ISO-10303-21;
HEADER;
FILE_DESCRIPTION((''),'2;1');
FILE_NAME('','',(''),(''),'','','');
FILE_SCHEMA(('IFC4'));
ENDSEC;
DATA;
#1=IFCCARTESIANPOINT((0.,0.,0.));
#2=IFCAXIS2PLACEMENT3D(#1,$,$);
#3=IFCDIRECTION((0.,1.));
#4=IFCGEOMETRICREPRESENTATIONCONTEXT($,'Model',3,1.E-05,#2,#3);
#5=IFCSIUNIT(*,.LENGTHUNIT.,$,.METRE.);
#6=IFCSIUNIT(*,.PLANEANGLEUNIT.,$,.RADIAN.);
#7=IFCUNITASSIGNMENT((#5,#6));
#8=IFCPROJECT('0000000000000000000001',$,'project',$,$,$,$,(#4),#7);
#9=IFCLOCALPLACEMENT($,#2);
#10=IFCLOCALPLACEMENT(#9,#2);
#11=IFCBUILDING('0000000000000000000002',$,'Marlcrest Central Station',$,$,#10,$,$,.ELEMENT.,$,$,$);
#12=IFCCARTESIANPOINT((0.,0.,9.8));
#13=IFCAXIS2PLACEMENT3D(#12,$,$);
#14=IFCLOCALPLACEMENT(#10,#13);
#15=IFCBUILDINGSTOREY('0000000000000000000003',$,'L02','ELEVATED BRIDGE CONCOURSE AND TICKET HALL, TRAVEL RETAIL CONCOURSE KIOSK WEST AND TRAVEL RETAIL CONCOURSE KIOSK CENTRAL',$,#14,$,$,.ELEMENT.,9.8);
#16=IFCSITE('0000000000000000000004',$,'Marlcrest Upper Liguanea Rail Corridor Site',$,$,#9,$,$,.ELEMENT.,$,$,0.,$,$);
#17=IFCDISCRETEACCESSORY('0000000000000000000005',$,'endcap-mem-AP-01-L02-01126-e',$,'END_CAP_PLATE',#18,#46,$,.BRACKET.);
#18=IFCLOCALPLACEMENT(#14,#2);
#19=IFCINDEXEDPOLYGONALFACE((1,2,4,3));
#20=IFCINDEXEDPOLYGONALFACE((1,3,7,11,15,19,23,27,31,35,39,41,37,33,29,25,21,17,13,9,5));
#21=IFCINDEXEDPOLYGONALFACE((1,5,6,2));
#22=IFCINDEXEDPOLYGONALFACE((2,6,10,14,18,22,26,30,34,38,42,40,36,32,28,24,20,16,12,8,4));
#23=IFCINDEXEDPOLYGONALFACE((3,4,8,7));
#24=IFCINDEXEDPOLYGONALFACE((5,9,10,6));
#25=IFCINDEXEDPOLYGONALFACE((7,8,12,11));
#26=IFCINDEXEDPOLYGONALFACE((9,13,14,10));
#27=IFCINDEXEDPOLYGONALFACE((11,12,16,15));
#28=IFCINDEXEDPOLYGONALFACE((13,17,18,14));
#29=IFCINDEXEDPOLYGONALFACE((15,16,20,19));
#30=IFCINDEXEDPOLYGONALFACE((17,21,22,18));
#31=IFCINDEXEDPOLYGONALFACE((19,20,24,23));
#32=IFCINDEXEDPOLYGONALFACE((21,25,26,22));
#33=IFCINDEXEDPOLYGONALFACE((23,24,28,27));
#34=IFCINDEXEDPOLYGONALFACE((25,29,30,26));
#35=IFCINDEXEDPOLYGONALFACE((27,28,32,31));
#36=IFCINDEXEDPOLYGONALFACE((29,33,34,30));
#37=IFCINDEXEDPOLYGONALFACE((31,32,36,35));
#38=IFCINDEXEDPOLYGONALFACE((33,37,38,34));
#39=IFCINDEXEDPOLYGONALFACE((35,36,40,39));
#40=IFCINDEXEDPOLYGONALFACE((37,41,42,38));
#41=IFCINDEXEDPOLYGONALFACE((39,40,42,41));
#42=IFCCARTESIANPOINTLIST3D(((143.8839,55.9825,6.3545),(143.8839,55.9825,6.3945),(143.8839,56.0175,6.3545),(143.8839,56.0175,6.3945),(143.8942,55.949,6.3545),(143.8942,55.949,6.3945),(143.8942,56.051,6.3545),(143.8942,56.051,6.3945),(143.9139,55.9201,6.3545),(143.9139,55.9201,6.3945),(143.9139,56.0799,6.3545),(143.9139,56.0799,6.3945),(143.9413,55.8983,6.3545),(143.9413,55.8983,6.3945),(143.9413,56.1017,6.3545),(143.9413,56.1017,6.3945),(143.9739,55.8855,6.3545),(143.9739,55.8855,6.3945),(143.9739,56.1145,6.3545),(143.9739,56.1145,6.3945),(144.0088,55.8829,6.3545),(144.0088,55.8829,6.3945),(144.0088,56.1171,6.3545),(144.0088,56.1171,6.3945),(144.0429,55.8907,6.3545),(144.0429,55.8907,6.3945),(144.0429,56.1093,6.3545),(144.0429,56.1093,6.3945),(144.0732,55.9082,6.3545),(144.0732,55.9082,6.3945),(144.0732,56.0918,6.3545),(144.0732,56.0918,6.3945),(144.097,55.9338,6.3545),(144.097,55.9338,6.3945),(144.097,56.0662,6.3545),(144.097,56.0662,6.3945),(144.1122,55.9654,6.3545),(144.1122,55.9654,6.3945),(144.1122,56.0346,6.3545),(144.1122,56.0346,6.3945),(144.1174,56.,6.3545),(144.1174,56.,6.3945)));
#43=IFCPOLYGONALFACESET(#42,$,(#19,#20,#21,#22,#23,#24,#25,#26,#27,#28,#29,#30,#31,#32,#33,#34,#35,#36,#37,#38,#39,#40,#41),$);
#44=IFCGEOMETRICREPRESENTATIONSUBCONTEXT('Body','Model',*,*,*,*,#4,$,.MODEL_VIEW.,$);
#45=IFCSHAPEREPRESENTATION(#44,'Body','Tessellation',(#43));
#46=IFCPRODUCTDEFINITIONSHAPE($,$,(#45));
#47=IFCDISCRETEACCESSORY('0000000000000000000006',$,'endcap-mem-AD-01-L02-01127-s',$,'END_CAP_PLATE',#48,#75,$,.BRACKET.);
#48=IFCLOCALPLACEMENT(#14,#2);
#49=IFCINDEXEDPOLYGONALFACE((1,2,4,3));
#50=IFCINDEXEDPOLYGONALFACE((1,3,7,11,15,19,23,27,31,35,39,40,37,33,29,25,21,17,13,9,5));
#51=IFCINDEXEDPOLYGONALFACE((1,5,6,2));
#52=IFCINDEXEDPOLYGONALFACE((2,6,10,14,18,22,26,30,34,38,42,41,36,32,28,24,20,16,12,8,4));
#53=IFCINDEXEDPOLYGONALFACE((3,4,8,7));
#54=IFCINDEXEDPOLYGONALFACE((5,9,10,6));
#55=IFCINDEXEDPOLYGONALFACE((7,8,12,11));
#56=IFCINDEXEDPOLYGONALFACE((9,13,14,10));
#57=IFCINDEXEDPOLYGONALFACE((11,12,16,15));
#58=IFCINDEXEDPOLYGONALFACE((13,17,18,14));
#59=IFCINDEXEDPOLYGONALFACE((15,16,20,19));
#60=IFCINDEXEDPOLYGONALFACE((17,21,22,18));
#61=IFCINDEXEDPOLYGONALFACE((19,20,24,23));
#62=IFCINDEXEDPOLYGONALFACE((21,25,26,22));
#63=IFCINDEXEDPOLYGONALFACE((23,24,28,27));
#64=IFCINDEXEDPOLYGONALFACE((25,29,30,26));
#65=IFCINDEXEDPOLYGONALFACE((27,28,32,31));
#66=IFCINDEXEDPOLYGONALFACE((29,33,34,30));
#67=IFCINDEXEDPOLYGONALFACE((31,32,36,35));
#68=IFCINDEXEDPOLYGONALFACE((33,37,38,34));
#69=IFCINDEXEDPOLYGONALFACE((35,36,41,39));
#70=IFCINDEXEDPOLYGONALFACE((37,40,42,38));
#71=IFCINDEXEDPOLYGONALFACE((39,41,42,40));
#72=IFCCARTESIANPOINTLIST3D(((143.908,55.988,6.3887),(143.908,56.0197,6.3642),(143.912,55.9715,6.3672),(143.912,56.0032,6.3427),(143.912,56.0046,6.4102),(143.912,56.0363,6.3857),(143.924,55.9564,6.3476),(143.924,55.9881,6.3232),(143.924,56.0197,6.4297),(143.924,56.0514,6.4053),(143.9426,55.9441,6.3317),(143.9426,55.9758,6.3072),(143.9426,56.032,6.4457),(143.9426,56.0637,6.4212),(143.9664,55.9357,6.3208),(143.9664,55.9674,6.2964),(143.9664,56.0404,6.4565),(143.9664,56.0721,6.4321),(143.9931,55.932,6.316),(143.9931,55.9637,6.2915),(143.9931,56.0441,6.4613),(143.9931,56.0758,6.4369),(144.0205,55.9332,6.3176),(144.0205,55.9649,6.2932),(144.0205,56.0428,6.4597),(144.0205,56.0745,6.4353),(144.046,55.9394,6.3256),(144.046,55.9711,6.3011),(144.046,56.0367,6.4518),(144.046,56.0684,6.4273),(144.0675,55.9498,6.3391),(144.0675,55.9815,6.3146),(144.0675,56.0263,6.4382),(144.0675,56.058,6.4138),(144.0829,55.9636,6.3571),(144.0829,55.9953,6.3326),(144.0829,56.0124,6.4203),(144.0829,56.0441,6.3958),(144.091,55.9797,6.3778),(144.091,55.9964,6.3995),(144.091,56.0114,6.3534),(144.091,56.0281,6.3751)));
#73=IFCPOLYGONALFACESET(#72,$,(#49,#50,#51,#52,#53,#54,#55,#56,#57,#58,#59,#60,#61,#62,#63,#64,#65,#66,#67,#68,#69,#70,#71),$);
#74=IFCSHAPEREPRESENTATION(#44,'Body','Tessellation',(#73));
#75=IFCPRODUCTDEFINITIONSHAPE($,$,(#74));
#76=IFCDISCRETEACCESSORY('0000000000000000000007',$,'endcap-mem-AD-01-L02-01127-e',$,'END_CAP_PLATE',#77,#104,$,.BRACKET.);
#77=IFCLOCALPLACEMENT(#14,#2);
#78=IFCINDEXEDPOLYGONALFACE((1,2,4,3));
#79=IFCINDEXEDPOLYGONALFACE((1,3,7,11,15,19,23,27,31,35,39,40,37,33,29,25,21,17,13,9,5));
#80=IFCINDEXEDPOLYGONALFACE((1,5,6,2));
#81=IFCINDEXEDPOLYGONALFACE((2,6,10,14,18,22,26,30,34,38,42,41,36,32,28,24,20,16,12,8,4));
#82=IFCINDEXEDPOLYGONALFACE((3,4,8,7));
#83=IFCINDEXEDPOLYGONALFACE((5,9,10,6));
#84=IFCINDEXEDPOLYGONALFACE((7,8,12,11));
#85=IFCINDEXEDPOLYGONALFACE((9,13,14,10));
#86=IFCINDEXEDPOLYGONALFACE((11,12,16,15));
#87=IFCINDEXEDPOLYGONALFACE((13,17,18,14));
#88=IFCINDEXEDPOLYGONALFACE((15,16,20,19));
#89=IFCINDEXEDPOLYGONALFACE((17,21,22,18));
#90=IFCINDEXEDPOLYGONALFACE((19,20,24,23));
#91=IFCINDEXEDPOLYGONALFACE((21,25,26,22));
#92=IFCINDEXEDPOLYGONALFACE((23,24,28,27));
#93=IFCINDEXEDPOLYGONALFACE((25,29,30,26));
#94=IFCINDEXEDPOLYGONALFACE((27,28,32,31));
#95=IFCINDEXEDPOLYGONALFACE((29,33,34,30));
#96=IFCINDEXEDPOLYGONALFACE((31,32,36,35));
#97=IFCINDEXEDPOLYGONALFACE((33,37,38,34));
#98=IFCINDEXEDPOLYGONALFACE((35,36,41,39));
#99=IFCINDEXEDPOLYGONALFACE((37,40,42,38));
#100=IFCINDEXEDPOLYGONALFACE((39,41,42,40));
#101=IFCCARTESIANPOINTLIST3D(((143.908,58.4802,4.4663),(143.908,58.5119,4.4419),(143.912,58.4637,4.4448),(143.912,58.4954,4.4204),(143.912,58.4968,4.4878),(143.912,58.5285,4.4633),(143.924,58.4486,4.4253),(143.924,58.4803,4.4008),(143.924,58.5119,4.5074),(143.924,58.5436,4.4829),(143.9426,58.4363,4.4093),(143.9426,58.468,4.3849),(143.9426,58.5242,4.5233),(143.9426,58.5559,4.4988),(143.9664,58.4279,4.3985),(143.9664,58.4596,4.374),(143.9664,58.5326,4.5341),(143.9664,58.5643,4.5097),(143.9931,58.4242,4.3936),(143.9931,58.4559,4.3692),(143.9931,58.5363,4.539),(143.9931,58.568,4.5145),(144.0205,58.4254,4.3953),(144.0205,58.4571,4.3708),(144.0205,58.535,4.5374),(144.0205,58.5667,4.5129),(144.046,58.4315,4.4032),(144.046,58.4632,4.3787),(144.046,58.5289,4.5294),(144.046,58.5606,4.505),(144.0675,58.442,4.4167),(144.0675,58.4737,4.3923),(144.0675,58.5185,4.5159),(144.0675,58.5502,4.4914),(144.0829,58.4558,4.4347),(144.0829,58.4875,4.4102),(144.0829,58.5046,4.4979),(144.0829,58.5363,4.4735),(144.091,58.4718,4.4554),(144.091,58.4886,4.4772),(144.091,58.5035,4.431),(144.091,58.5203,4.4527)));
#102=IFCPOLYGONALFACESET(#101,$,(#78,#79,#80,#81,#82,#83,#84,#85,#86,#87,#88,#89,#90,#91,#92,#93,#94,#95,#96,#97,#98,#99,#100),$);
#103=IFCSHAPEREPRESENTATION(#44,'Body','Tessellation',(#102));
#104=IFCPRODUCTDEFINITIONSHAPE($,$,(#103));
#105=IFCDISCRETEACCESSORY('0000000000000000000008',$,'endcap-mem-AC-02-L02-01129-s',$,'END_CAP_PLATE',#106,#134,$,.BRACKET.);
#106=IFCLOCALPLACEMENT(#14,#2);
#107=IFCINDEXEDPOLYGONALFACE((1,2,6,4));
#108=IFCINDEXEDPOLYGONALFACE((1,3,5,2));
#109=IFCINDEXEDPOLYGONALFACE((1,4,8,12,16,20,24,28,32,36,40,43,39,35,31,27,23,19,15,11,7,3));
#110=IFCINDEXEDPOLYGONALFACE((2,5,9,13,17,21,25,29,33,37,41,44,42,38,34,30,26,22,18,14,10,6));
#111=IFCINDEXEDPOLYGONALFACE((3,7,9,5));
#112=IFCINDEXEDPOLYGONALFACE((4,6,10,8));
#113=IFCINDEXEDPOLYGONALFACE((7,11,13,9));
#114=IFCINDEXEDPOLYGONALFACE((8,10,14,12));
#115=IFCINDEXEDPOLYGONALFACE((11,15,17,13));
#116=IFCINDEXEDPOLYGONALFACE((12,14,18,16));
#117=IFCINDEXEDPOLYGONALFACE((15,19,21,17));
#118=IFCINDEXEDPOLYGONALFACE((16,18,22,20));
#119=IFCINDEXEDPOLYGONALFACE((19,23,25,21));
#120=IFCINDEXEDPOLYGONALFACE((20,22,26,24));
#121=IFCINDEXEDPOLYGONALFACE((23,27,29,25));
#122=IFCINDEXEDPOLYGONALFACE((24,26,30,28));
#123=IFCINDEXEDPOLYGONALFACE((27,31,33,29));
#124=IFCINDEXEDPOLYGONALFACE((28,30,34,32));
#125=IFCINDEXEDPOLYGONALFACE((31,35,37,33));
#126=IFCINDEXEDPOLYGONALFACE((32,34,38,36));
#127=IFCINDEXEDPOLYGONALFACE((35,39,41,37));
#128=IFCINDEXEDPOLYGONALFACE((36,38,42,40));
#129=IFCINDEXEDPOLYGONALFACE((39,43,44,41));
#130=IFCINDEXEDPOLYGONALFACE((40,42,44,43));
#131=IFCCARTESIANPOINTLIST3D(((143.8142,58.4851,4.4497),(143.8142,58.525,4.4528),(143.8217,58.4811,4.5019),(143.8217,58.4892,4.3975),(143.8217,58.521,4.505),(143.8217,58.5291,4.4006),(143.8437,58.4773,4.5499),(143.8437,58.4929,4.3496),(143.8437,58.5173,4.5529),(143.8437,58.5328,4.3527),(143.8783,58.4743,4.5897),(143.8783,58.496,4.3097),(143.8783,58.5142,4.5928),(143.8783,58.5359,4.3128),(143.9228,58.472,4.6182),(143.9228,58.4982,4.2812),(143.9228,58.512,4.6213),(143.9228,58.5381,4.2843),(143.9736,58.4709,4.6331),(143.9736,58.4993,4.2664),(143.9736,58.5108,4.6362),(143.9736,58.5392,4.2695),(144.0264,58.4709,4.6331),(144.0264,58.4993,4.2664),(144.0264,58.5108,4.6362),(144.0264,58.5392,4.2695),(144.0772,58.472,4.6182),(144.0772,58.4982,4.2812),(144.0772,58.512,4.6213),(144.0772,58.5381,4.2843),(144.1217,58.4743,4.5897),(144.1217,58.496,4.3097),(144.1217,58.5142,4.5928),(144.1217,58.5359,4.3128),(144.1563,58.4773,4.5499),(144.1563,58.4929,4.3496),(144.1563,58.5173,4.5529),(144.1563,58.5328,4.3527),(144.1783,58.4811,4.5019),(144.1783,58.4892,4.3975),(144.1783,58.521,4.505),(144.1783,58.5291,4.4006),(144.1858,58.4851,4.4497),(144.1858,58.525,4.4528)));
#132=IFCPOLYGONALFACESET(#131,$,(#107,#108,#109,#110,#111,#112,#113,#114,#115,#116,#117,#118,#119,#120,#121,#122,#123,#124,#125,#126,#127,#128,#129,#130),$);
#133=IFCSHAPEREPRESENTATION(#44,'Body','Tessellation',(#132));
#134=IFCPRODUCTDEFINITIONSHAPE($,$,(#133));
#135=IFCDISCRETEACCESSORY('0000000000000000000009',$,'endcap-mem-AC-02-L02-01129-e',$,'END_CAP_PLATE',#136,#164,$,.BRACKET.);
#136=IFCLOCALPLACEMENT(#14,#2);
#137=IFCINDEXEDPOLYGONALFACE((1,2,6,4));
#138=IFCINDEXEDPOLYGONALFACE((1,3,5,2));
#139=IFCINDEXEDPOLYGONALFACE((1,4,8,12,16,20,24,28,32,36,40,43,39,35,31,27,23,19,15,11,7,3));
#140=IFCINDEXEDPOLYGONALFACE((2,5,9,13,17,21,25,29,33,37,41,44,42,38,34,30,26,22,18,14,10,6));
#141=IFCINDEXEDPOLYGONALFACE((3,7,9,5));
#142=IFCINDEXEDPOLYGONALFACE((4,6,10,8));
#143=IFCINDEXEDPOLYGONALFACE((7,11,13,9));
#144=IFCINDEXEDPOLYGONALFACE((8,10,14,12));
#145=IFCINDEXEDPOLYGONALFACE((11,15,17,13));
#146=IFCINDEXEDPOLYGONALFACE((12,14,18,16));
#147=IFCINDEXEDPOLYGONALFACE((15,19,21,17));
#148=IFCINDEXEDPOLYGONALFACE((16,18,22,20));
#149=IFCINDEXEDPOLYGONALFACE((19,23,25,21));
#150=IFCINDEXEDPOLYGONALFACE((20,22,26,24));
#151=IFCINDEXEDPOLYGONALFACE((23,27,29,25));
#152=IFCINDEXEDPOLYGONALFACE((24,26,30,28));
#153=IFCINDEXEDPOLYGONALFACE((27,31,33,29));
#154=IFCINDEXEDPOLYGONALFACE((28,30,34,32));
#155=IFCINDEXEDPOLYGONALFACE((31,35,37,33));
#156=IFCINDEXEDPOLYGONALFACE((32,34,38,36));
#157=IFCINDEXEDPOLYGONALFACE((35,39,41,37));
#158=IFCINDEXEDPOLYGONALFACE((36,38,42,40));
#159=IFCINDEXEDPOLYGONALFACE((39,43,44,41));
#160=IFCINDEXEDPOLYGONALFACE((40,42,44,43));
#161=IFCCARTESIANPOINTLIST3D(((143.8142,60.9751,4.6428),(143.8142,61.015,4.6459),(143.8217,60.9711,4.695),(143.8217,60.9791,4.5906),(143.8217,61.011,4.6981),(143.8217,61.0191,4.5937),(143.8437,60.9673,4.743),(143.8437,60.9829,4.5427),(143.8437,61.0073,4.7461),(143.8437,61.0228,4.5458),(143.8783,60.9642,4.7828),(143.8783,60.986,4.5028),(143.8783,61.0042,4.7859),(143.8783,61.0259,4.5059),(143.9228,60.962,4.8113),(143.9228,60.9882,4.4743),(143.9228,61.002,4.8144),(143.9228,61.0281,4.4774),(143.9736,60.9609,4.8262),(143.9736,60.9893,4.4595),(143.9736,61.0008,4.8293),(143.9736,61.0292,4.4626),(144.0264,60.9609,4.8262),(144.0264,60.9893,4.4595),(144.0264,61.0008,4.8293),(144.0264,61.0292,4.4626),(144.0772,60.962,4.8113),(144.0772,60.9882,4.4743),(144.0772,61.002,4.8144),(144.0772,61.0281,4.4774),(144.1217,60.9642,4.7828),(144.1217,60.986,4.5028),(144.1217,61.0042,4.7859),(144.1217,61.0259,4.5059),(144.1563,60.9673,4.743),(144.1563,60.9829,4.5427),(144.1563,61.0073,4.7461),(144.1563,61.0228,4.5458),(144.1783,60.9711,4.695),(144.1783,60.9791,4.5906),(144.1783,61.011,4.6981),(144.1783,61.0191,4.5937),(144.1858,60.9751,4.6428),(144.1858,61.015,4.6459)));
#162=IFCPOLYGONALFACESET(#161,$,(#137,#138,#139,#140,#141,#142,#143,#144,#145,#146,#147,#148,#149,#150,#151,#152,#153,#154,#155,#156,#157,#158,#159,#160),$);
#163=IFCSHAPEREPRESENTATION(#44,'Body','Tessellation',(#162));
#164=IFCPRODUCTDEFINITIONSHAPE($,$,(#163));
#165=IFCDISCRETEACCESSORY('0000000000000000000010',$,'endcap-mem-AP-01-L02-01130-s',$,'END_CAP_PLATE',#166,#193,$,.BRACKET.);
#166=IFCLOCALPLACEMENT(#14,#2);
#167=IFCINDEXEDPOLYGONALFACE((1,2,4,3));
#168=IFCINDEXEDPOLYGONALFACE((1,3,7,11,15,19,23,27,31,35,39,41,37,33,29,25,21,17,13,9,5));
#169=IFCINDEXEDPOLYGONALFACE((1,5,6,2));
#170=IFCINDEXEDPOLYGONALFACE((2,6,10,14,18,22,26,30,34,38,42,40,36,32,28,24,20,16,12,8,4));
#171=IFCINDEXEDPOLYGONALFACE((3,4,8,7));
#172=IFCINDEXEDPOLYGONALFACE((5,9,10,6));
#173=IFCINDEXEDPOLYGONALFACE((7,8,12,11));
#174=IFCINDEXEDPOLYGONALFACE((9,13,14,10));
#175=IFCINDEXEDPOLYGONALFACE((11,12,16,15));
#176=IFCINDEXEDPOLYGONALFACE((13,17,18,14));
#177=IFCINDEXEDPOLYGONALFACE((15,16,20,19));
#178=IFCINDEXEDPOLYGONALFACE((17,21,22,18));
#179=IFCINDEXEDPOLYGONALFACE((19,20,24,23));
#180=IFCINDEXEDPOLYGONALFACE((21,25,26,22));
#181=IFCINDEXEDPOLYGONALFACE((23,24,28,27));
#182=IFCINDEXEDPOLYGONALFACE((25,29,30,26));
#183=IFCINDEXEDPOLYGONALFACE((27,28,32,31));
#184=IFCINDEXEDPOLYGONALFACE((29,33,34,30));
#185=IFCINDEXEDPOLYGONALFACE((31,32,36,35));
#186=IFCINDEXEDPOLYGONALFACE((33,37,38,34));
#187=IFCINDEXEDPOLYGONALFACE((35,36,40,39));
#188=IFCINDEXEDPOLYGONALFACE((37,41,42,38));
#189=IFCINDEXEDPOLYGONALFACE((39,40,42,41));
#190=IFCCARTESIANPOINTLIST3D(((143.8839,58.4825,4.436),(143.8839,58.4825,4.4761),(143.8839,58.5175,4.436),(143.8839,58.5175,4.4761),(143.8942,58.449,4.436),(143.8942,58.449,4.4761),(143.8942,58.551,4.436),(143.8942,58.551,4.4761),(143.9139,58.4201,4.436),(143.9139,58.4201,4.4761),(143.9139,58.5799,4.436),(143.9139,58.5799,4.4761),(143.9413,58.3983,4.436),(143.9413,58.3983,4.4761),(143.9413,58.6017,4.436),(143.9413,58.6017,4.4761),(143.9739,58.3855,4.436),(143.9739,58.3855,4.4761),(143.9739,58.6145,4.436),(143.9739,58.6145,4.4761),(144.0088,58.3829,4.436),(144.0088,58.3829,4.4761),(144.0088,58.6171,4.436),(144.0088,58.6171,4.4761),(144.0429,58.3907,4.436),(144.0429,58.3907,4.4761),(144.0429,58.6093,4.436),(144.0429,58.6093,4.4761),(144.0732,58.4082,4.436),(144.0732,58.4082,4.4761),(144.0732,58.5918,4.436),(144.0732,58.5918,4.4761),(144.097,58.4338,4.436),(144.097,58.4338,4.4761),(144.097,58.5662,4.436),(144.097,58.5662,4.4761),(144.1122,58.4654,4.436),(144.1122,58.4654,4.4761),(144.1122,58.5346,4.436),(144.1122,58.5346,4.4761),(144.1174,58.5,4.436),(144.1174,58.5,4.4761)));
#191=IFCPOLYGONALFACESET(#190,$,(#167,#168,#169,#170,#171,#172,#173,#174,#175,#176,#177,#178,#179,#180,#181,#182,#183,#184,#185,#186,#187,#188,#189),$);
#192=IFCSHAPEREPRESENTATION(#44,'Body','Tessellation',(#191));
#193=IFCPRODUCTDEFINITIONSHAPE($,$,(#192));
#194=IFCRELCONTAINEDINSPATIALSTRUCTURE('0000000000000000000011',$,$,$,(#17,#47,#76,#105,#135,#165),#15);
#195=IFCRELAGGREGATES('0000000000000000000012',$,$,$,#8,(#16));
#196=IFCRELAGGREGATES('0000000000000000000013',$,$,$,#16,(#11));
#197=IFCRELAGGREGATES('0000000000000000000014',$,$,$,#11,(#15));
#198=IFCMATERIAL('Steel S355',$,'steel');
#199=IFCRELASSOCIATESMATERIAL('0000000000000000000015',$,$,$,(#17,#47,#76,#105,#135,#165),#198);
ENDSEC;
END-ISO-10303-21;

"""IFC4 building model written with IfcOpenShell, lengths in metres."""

from ifc_helpers import new_model, si_unit, direction, frame, origin, origin_2d, place, context, subcontext, project, spatial, circle, extrude, material, element, save


model = new_model("IFC4")

# Units and contexts
model_context = context("Model", 3, precision=1e-05, world=origin(), true_north=direction((0.0, 1.0)))
body_context = subcontext(model_context, "Body", "Model", "MODEL_VIEW")
ifc_project = project(units=[si_unit("LENGTHUNIT", "METRE"), si_unit("PLANEANGLEUNIT", "RADIAN")], contexts=[model_context])

# Site, building, storey
site_placement = place(None, origin())
site = spatial("IfcSite", under=ifc_project, at=site_placement, Name="Marlcrest Upper Liguanea Rail Corridor Site", CompositionType="ELEMENT", RefElevation=0.0)
building_placement = place(site_placement, origin())
building = spatial("IfcBuilding", under=site, at=building_placement, Name="Marlcrest Central Station", CompositionType="ELEMENT")
storey_placement = place(building_placement, frame((0.0, 0.0, 9.8)))
storey = spatial("IfcBuildingStorey", under=building, at=storey_placement, Name="L02", Description="ELEVATED BRIDGE CONCOURSE AND TICKET HALL, TRAVEL RETAIL CONCOURSE KIOSK WEST AND TRAVEL RETAIL CONCOURSE KIOSK CENTRAL", CompositionType="ELEMENT", Elevation=9.8)

# Shared definitions
ifc_material = material(Name="Steel S355", Category="steel")

# Discrete accessories
for number, where, z_axis, x_axis, name in (
    (1, (144.0, 56.0, 6.3545), (0.0, 0.0, 1.0), (1.0, 0.0, 0.0), "endcap-mem-AP-01-L02-01126-e"),
):
    element("IfcDiscreteAccessory", number, at=place(storey_placement, frame(where, z_axis=z_axis, x_axis=x_axis)), inside=storey, material=ifc_material, Name=name, ObjectType="END_CAP_PLATE", PredefinedType="BRACKET", context=body_context, shape_type="SweptSolid", body=[
        extrude(circle(Radius=0.1174, at=origin_2d()), origin(), (0.0, 0.0, 1.0), 0.04),
    ])
for number, where, z_axis, x_axis, name in (
    (2, (144.0, 55.988, 6.3887), (0.0, 0.791798, -0.610783), (-1.0, 0.0, 0.0), "endcap-mem-AD-01-L02-01127-s"),
    (3, (144.0, 58.4802, 4.4663), (0.0, 0.791798, -0.610783), (-1.0, 0.0, 0.0), "endcap-mem-AD-01-L02-01127-e"),
):
    element("IfcDiscreteAccessory", number, at=place(storey_placement, frame(where, z_axis=z_axis, x_axis=x_axis)), inside=storey, material=ifc_material, Name=name, ObjectType="END_CAP_PLATE", PredefinedType="BRACKET", context=body_context, shape_type="SweptSolid", body=[
        extrude(circle(Radius=0.092, at=origin_2d()), origin(), (0.0, 0.0, 1.0), 0.04),
    ])
for number, where, z_axis, x_axis, name in (
    (4, (144.0, 58.4851, 4.4497), (0.0, 0.997007, 0.077307), (-1.0, 0.0, 0.0), "endcap-mem-AC-02-L02-01129-s"),
    (5, (144.0, 60.9751, 4.6428), (0.0, 0.997007, 0.077307), (-1.0, 0.0, 0.0), "endcap-mem-AC-02-L02-01129-e"),
):
    element("IfcDiscreteAccessory", number, at=place(storey_placement, frame(where, z_axis=z_axis, x_axis=x_axis)), inside=storey, material=ifc_material, Name=name, ObjectType="END_CAP_PLATE", PredefinedType="BRACKET", context=body_context, shape_type="SweptSolid", body=[
        extrude(circle(Radius=0.1858, at=origin_2d()), origin(), (0.0, 0.0, 1.0), 0.04),
    ])
for number, where, z_axis, x_axis, name in (
    (6, (144.0, 58.5, 4.436), (0.0, 0.0, 1.0), (1.0, 0.0, 0.0), "endcap-mem-AP-01-L02-01130-s"),
):
    element("IfcDiscreteAccessory", number, at=place(storey_placement, frame(where, z_axis=z_axis, x_axis=x_axis)), inside=storey, material=ifc_material, Name=name, ObjectType="END_CAP_PLATE", PredefinedType="BRACKET", context=body_context, shape_type="SweptSolid", body=[
        extrude(circle(Radius=0.1174, at=origin_2d()), origin(), (0.0, 0.0, 1.0), 0.04),
    ])

save(model, "model.ifc")
